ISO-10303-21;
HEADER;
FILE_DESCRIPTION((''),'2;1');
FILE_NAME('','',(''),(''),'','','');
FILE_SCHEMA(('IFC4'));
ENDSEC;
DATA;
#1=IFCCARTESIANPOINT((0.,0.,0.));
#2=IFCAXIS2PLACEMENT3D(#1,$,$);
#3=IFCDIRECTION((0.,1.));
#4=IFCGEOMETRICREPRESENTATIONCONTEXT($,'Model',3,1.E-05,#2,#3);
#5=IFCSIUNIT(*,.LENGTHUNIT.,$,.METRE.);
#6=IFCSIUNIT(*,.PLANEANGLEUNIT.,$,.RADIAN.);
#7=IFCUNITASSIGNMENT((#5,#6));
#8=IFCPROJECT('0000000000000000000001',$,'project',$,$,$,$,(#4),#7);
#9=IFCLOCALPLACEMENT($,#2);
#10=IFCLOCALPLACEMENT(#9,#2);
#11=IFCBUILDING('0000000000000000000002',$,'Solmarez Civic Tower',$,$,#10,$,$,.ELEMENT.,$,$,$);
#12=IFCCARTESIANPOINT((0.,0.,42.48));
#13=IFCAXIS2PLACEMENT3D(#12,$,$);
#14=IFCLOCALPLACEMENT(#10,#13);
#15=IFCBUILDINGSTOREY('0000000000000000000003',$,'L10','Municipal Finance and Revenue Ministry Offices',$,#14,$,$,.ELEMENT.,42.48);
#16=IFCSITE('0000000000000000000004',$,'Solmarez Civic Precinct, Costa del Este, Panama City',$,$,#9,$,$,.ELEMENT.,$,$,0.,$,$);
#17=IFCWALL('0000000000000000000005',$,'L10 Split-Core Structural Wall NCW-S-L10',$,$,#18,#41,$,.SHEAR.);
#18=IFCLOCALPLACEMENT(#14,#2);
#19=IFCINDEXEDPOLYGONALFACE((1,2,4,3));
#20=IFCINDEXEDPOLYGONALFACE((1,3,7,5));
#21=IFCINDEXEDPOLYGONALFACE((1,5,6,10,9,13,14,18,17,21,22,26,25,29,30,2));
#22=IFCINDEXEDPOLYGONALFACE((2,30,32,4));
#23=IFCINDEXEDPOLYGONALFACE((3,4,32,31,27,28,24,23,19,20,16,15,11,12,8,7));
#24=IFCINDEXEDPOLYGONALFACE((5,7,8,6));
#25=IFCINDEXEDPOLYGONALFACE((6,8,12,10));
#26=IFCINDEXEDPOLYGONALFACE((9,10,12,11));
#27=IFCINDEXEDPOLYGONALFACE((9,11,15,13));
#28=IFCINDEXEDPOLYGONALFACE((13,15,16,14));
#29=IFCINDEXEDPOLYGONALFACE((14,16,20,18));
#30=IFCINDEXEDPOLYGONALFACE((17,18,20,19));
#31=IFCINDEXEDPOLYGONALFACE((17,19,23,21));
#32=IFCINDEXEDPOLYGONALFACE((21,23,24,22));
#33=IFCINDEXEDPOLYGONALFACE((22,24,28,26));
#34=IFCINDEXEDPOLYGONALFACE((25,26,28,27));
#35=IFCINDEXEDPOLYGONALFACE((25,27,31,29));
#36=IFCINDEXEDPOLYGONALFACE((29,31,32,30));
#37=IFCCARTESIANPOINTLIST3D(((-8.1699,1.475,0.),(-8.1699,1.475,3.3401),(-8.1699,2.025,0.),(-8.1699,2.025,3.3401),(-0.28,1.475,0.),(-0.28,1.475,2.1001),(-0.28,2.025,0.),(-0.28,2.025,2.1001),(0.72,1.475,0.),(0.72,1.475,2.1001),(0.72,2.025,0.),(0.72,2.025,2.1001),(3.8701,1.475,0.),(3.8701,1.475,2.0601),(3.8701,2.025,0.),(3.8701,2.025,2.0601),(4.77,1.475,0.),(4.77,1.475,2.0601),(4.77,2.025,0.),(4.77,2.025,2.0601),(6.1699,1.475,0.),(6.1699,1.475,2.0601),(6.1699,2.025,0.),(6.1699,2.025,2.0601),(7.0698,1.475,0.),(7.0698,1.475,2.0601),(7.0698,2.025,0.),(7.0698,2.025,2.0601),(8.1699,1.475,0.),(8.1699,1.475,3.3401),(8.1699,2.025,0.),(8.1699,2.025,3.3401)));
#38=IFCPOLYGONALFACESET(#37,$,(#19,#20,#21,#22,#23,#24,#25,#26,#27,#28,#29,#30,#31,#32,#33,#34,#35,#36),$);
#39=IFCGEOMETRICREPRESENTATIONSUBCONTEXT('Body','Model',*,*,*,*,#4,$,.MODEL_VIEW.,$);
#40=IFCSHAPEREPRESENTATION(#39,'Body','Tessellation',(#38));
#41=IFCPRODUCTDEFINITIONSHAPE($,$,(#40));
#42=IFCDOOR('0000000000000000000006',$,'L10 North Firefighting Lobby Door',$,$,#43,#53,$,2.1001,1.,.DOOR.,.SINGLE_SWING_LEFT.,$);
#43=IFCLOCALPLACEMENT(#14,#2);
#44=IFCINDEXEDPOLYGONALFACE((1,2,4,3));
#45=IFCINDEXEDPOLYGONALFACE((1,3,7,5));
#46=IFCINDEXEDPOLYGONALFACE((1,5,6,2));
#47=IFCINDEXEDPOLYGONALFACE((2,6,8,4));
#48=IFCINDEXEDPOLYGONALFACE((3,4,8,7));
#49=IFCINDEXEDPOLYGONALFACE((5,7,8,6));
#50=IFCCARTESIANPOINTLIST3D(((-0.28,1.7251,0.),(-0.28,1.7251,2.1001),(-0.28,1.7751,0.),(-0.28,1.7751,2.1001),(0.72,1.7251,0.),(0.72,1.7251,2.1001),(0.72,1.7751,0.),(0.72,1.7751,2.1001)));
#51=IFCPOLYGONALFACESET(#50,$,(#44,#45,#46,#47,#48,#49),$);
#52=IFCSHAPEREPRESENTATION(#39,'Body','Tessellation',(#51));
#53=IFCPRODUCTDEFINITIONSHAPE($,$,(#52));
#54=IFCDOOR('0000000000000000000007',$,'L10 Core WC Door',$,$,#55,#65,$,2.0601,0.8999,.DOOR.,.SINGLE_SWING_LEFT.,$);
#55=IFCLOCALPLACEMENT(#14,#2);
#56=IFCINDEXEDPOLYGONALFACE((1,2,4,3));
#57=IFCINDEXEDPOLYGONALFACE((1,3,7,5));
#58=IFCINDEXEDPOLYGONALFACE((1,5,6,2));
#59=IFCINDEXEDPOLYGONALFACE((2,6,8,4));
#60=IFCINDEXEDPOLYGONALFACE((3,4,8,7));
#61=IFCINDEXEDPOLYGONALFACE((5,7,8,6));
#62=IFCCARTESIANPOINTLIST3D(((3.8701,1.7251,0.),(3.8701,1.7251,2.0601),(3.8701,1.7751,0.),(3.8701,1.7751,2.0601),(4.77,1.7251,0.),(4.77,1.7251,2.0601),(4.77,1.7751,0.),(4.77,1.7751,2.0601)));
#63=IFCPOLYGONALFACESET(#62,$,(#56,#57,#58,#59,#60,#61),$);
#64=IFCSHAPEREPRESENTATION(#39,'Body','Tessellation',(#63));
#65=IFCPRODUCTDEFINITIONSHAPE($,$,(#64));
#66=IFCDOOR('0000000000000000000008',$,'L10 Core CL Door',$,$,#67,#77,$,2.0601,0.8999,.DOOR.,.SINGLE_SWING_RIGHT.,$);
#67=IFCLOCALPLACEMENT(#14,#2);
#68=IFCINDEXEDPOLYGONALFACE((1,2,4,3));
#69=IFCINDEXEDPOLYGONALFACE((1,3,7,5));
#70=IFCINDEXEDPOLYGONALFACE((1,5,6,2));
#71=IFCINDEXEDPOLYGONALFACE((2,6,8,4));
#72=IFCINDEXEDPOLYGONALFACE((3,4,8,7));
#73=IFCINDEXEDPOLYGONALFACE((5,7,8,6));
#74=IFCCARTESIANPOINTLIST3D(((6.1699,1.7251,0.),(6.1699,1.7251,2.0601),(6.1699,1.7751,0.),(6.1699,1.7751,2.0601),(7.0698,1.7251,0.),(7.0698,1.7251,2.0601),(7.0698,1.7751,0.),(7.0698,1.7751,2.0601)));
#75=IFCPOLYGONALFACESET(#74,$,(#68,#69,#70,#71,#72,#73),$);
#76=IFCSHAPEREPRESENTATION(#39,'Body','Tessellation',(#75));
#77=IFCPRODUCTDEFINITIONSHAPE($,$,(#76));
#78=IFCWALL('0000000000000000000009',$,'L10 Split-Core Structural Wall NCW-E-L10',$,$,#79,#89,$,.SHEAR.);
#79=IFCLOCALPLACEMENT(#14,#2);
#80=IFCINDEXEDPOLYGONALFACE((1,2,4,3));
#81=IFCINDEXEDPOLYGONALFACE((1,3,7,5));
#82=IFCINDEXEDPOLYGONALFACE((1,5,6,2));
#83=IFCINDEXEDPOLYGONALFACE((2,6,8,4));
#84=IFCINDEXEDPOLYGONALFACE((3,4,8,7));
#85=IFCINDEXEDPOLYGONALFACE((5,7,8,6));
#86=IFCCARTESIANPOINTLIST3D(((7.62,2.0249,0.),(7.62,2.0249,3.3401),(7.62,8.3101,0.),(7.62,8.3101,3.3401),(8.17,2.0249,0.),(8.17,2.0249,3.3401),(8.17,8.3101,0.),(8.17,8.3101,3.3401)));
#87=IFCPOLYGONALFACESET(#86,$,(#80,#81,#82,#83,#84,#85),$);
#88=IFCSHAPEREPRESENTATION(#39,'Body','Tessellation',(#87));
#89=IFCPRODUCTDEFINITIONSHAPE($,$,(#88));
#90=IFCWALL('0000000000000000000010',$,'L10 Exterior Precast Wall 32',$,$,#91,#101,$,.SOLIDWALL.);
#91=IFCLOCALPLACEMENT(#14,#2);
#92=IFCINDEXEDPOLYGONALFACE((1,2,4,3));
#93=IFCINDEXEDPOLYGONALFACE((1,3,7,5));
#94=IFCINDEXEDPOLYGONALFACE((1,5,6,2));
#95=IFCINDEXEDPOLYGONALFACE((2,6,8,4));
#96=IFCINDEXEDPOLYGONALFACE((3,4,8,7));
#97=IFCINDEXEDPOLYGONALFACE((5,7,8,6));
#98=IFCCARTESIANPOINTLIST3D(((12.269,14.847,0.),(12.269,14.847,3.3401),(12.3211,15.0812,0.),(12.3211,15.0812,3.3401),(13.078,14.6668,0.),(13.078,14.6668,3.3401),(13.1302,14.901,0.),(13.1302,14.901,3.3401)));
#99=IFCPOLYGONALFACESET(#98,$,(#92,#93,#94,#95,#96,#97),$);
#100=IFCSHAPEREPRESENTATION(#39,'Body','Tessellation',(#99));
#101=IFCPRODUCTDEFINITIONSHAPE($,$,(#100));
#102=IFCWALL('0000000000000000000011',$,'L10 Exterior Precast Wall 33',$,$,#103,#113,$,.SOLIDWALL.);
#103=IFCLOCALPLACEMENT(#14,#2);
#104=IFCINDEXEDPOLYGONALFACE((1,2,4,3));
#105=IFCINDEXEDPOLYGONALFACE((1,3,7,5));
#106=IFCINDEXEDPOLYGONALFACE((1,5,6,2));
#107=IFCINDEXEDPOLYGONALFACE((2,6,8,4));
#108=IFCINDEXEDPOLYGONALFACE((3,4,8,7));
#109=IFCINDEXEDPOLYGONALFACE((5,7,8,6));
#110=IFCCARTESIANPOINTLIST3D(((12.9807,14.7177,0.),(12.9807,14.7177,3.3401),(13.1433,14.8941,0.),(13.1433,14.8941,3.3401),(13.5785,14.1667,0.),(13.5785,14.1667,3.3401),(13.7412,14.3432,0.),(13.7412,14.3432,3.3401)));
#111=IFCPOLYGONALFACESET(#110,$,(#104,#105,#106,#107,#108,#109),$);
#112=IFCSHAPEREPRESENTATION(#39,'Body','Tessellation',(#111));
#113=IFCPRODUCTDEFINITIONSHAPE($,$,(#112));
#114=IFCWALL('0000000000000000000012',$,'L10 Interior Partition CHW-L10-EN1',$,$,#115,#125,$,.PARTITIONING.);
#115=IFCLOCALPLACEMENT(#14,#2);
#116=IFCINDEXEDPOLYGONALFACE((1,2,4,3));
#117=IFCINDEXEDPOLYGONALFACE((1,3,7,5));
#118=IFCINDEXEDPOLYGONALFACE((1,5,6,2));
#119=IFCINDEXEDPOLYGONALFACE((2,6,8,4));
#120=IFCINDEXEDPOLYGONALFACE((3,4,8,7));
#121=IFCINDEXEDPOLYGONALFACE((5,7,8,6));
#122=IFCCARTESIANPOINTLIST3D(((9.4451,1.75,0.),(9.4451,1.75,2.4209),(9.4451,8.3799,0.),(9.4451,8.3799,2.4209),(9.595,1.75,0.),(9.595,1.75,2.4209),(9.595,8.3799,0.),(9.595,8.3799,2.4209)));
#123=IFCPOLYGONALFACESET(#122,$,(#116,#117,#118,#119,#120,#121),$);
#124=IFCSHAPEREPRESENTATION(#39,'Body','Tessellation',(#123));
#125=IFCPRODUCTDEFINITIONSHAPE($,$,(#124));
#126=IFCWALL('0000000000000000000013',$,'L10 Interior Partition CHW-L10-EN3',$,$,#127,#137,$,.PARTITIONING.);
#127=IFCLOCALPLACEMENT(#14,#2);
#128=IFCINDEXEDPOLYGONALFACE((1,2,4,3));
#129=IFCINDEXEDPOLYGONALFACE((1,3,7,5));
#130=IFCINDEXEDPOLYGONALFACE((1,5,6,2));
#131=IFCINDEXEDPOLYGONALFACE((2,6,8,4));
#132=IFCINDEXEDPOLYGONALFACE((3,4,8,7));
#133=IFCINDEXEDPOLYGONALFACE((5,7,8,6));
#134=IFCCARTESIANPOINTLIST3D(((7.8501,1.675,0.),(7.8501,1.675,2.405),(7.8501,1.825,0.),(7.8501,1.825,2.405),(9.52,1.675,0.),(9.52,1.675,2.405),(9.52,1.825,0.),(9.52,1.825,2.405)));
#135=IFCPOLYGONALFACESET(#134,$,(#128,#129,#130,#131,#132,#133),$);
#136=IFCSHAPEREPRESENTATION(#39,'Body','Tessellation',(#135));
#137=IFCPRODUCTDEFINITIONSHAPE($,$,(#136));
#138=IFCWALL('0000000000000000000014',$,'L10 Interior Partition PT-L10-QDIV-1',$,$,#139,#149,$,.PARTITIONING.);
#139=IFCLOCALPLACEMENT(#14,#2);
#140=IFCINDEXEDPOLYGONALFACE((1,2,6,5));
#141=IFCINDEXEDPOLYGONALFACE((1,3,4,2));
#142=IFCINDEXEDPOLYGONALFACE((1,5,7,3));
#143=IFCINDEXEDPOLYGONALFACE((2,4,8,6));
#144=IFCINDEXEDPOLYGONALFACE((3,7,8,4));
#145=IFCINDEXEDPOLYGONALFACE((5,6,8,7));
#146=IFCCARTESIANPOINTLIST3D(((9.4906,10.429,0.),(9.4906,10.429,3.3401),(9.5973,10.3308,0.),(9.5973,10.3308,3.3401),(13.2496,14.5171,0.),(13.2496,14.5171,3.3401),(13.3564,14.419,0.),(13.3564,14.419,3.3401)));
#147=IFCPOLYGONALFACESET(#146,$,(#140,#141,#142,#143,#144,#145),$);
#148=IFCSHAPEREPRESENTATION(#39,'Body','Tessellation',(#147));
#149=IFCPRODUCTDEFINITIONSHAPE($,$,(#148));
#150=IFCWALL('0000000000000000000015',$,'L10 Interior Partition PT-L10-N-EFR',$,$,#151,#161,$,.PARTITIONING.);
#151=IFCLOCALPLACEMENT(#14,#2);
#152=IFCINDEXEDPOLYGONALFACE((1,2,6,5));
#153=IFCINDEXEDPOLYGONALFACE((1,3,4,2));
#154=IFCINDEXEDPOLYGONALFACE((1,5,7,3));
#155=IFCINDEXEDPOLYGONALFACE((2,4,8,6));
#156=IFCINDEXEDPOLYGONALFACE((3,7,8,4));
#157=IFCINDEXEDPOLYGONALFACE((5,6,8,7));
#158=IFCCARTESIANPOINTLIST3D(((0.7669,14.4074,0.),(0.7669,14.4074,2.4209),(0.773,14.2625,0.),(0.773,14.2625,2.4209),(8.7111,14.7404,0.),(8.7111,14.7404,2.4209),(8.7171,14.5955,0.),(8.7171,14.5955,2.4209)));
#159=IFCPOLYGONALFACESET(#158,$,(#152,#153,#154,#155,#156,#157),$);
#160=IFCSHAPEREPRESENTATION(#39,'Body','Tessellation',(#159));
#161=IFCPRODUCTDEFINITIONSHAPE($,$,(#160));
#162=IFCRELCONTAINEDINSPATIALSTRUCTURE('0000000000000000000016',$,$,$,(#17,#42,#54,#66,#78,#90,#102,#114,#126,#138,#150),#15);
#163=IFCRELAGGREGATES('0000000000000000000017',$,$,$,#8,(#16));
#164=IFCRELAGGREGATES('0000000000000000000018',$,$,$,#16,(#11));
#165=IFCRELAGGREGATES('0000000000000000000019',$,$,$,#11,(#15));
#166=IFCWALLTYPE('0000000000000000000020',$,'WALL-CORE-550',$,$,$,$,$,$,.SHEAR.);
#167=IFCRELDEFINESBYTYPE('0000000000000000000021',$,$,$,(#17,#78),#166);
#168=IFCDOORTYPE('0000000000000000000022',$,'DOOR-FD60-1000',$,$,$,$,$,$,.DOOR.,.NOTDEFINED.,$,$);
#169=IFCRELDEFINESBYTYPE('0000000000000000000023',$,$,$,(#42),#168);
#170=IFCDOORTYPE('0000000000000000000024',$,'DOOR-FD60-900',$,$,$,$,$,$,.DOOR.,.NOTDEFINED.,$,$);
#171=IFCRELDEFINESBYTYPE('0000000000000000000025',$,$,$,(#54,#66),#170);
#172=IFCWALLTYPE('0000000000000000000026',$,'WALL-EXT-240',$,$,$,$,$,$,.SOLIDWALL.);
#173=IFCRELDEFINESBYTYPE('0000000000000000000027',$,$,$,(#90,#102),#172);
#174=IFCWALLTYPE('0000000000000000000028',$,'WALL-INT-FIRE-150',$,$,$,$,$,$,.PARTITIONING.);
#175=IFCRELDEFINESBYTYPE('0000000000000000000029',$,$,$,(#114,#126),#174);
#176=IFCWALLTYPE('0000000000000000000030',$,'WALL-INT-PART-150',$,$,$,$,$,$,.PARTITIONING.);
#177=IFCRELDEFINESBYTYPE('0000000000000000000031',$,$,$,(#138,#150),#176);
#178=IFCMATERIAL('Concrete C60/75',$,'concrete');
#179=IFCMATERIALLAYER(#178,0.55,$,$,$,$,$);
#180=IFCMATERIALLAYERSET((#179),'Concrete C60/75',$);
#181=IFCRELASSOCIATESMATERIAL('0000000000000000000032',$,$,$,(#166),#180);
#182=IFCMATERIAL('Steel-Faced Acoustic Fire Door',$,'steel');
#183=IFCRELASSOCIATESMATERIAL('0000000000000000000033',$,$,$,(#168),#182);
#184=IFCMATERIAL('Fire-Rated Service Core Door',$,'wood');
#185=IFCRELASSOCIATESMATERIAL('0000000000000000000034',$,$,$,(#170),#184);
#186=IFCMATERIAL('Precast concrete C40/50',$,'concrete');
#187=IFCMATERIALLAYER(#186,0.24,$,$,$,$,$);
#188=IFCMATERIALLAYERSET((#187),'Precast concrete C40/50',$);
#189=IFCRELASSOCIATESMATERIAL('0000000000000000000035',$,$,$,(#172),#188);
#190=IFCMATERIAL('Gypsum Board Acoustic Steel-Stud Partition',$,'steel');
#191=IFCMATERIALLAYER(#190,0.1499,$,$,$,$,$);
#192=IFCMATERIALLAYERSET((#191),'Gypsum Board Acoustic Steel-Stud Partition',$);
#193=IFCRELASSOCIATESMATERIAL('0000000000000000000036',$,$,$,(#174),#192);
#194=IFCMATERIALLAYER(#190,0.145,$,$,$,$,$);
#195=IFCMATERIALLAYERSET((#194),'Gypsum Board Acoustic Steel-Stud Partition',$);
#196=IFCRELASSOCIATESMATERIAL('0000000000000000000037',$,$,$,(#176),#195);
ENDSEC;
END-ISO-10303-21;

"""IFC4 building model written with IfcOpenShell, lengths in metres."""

from ifc_helpers import new_model, si_unit, direction, frame, frame_2d, origin, place, context, subcontext, project, spatial, rectangle, extrude, material, layer, layer_set, type_object, element, fill, save


model = new_model("IFC4")

# Units and contexts
model_context = context("Model", 3, precision=1e-05, world=origin(), true_north=direction((0.0, 1.0)))
body_context = subcontext(model_context, "Body", "Model", "MODEL_VIEW")
ifc_project = project(units=[si_unit("LENGTHUNIT", "METRE"), si_unit("PLANEANGLEUNIT", "RADIAN")], contexts=[model_context])

# Site, building, storey
site_placement = place(None, origin())
site = spatial("IfcSite", under=ifc_project, at=site_placement, Name="Solmarez Civic Precinct, Costa del Este, Panama City", CompositionType="ELEMENT", RefElevation=0.0)
building_placement = place(site_placement, origin())
building = spatial("IfcBuilding", under=site, at=building_placement, Name="Solmarez Civic Tower", CompositionType="ELEMENT")
storey_placement = place(building_placement, frame((0.0, 0.0, 42.48)))
storey = spatial("IfcBuildingStorey", under=building, at=storey_placement, Name="L10", Description="Municipal Finance and Revenue Ministry Offices", CompositionType="ELEMENT", Elevation=42.48)

# Shared definitions
ifc_material_1 = material(Name="Concrete C60/75", Category="concrete")

# Wall, openings, doors
ifc_layer_1 = layer(ifc_material_1, 0.55)
ifc_layer_set_1 = layer_set([ifc_layer_1], Name="Concrete C60/75")
wall_type_1 = type_object("IfcWallType", Name="WALL-CORE-550", PredefinedType="SHEAR", material=ifc_layer_set_1)
wall_1_placement = place(storey_placement, frame((8.1699, 1.75, 0.0), z_axis=(0.0, 0.0, 1.0), x_axis=(-1.0, 0.0, 0.0)))
wall_1 = element("IfcWall", 1, at=wall_1_placement, inside=storey, type_object=wall_type_1, Name="L10 Split-Core Structural Wall NCW-S-L10", PredefinedType="SHEAR", context=body_context, shape_type="SweptSolid", body=[
    extrude(rectangle(XDim=16.3398, YDim=0.55, at=frame_2d((8.1699, 0.0))), origin(), (0.0, 0.0, 1.0), 3.3401),
])
opening_1_placement = place(wall_1_placement, frame((7.45, 0.0, 0.0)))
opening_1 = element("IfcOpeningElement", 2, at=opening_1_placement, cuts=wall_1, PredefinedType="OPENING", context=body_context, shape_type="SweptSolid", body=[
    extrude(rectangle(XDim=1.0, YDim=2.1001, at=frame_2d((0.5, 1.05))), frame((0.0, 0.2849, 0.0), z_axis=(0.0, -1.0, 0.0), x_axis=(1.0, 0.0, 0.0)), (0.0, 0.0, 1.0), 0.5701),
])
opening_2_placement = place(wall_1_placement, frame((3.3999, 0.0, 0.0)))
opening_2 = element("IfcOpeningElement", 3, at=opening_2_placement, cuts=wall_1, PredefinedType="OPENING", context=body_context, shape_type="SweptSolid", body=[
    extrude(rectangle(XDim=0.8999, YDim=2.0601, at=frame_2d((0.45, 1.03))), frame((0.0, 0.2849, 0.0), z_axis=(0.0, -1.0, 0.0), x_axis=(1.0, 0.0, 0.0)), (0.0, 0.0, 1.0), 0.5701),
])
opening_3_placement = place(wall_1_placement, frame((1.1001, 0.0, 0.0)))
opening_3 = element("IfcOpeningElement", 4, at=opening_3_placement, cuts=wall_1, PredefinedType="OPENING", context=body_context, shape_type="SweptSolid", body=[
    extrude(rectangle(XDim=0.8999, YDim=2.0601, at=frame_2d((0.45, 1.03))), frame((0.0, 0.2849, 0.0), z_axis=(0.0, -1.0, 0.0), x_axis=(1.0, 0.0, 0.0)), (0.0, 0.0, 1.0), 0.5701),
])
ifc_material_2 = material(Name="Steel-Faced Acoustic Fire Door", Category="steel")
door_type_1 = type_object("IfcDoorType", Name="DOOR-FD60-1000", OperationType="NOTDEFINED", PredefinedType="DOOR", material=ifc_material_2)
door_1_placement = place(opening_1_placement, origin())
door_1 = element("IfcDoor", 5, at=door_1_placement, inside=storey, type_object=door_type_1, Name="L10 North Firefighting Lobby Door", OperationType="SINGLE_SWING_LEFT", OverallHeight=2.1001, OverallWidth=1.0, PredefinedType="DOOR", context=body_context, shape_type="SweptSolid", body=[
    extrude(rectangle(XDim=1.0, YDim=2.1001, at=frame_2d((0.5, 1.05))), frame((0.0, 0.0249, 0.0), z_axis=(0.0, -1.0, 0.0), x_axis=(1.0, 0.0, 0.0)), (0.0, 0.0, 1.0), 0.05),
])
fill(opening_1, door_1)
ifc_material_3 = material(Name="Fire-Rated Service Core Door", Category="wood")
door_type_2 = type_object("IfcDoorType", Name="DOOR-FD60-900", OperationType="NOTDEFINED", PredefinedType="DOOR", material=ifc_material_3)
door_2_placement = place(opening_2_placement, origin())
door_2 = element("IfcDoor", 6, at=door_2_placement, inside=storey, type_object=door_type_2, Name="L10 Core WC Door", OperationType="SINGLE_SWING_LEFT", OverallHeight=2.0601, OverallWidth=0.8999, PredefinedType="DOOR", context=body_context, shape_type="SweptSolid", body=[
    extrude(rectangle(XDim=0.8999, YDim=2.0601, at=frame_2d((0.45, 1.03))), frame((0.0, 0.0249, 0.0), z_axis=(0.0, -1.0, 0.0), x_axis=(1.0, 0.0, 0.0)), (0.0, 0.0, 1.0), 0.05),
])
fill(opening_2, door_2)
door_3_placement = place(opening_3_placement, origin())
door_3 = element("IfcDoor", 7, at=door_3_placement, inside=storey, type_object=door_type_2, Name="L10 Core CL Door", OperationType="SINGLE_SWING_RIGHT", OverallHeight=2.0601, OverallWidth=0.8999, PredefinedType="DOOR", context=body_context, shape_type="SweptSolid", body=[
    extrude(rectangle(XDim=0.8999, YDim=2.0601, at=frame_2d((0.45, 1.03))), frame((0.0, 0.0249, 0.0), z_axis=(0.0, -1.0, 0.0), x_axis=(1.0, 0.0, 0.0)), (0.0, 0.0, 1.0), 0.05),
])
fill(opening_3, door_3)

# Walls
wall_2_placement = place(storey_placement, frame((7.895, 8.3101, 0.0), z_axis=(0.0, 0.0, 1.0), x_axis=(0.0, -1.0, 0.0)))
element("IfcWall", 8, at=wall_2_placement, inside=storey, type_object=wall_type_1, Name="L10 Split-Core Structural Wall NCW-E-L10", PredefinedType="SHEAR", context=body_context, shape_type="SweptSolid", body=[
    extrude(rectangle(XDim=6.2852, YDim=0.55, at=frame_2d((3.1426, 0.0))), origin(), (0.0, 0.0, 1.0), 3.3401),
])
ifc_material_4 = material(Name="Precast concrete C40/50", Category="concrete")
ifc_layer_2 = layer(ifc_material_4, 0.24)
ifc_layer_set_2 = layer_set([ifc_layer_2], Name="Precast concrete C40/50")
wall_type_2 = type_object("IfcWallType", Name="WALL-EXT-240", PredefinedType="SOLIDWALL", material=ifc_layer_set_2)
wall_3_placement = place(storey_placement, frame((12.2949, 14.9641, 0.0), z_axis=(0.0, 0.0, 1.0), x_axis=(0.97609, -0.217367, 0.0)))
element("IfcWall", 9, at=wall_3_placement, inside=storey, type_object=wall_type_2, Name="L10 Exterior Precast Wall 32", PredefinedType="SOLIDWALL", context=body_context, shape_type="SweptSolid", body=[
    extrude(rectangle(XDim=0.8289, YDim=0.24, at=frame_2d((0.4146, 0.0))), origin(), (0.0, 0.0, 1.0), 3.3401),
])
wall_4_placement = place(storey_placement, frame((13.062, 14.8059, 0.0), z_axis=(0.0, 0.0, 1.0), x_axis=(0.735344, -0.677694, 0.0)))
element("IfcWall", 10, at=wall_4_placement, inside=storey, type_object=wall_type_2, Name="L10 Exterior Precast Wall 33", PredefinedType="SOLIDWALL", context=body_context, shape_type="SweptSolid", body=[
    extrude(rectangle(XDim=0.813, YDim=0.24, at=frame_2d((0.4065, 0.0))), origin(), (0.0, 0.0, 1.0), 3.3401),
])
ifc_material_5 = material(Name="Gypsum Board Acoustic Steel-Stud Partition", Category="steel")
ifc_layer_3 = layer(ifc_material_5, 0.1499)
ifc_layer_set_3 = layer_set([ifc_layer_3], Name="Gypsum Board Acoustic Steel-Stud Partition")
wall_type_3 = type_object("IfcWallType", Name="WALL-INT-FIRE-150", PredefinedType="PARTITIONING", material=ifc_layer_set_3)
wall_5_placement = place(storey_placement, frame((9.52, 1.75, 0.0), z_axis=(0.0, 0.0, 1.0), x_axis=(0.0, 1.0, 0.0)))
element("IfcWall", 11, at=wall_5_placement, inside=storey, type_object=wall_type_3, Name="L10 Interior Partition CHW-L10-EN1", PredefinedType="PARTITIONING", context=body_context, shape_type="SweptSolid", body=[
    extrude(rectangle(XDim=6.6299, YDim=0.1499, at=frame_2d((3.3149, 0.0))), origin(), (0.0, 0.0, 1.0), 2.4209),
])
wall_6_placement = place(storey_placement, frame((7.8501, 1.75, 0.0), z_axis=(0.0, 0.0, 1.0), x_axis=(1.0, 0.0, 0.0)))
element("IfcWall", 12, at=wall_6_placement, inside=storey, type_object=wall_type_3, Name="L10 Interior Partition CHW-L10-EN3", PredefinedType="PARTITIONING", context=body_context, shape_type="SweptSolid", body=[
    extrude(rectangle(XDim=1.6699, YDim=0.1499, at=frame_2d((0.835, 0.0))), origin(), (0.0, 0.0, 1.0), 2.405),
])
ifc_layer_4 = layer(ifc_material_5, 0.145)
ifc_layer_set_4 = layer_set([ifc_layer_4], Name="Gypsum Board Acoustic Steel-Stud Partition")
wall_type_4 = type_object("IfcWallType", Name="WALL-INT-PART-150", PredefinedType="PARTITIONING", material=ifc_layer_set_4)
wall_7_placement = place(storey_placement, frame((9.5439, 10.3799, 0.0), z_axis=(0.0, 0.0, 1.0), x_axis=(0.676857, 0.736115, 0.0)))
element("IfcWall", 13, at=wall_7_placement, inside=storey, type_object=wall_type_4, Name="L10 Interior Partition PT-L10-QDIV-1", PredefinedType="PARTITIONING", context=body_context, shape_type="SweptSolid", body=[
    extrude(rectangle(XDim=5.5537, YDim=0.145, at=frame_2d((2.7769, 0.0))), origin(), (0.0, 0.0, 1.0), 3.3401),
])
wall_8_placement = place(storey_placement, frame((8.7141, 14.668, 0.0), z_axis=(0.0, 0.0, 1.0), x_axis=(-0.999123, -0.041882, 0.0)))
element("IfcWall", 14, at=wall_8_placement, inside=storey, type_object=wall_type_4, Name="L10 Interior Partition PT-L10-N-EFR", PredefinedType="PARTITIONING", context=body_context, shape_type="SweptSolid", body=[
    extrude(rectangle(XDim=7.9512, YDim=0.145, at=frame_2d((3.9756, 0.0))), origin(), (0.0, 0.0, 1.0), 2.4209),
])

save(model, "model.ifc")
